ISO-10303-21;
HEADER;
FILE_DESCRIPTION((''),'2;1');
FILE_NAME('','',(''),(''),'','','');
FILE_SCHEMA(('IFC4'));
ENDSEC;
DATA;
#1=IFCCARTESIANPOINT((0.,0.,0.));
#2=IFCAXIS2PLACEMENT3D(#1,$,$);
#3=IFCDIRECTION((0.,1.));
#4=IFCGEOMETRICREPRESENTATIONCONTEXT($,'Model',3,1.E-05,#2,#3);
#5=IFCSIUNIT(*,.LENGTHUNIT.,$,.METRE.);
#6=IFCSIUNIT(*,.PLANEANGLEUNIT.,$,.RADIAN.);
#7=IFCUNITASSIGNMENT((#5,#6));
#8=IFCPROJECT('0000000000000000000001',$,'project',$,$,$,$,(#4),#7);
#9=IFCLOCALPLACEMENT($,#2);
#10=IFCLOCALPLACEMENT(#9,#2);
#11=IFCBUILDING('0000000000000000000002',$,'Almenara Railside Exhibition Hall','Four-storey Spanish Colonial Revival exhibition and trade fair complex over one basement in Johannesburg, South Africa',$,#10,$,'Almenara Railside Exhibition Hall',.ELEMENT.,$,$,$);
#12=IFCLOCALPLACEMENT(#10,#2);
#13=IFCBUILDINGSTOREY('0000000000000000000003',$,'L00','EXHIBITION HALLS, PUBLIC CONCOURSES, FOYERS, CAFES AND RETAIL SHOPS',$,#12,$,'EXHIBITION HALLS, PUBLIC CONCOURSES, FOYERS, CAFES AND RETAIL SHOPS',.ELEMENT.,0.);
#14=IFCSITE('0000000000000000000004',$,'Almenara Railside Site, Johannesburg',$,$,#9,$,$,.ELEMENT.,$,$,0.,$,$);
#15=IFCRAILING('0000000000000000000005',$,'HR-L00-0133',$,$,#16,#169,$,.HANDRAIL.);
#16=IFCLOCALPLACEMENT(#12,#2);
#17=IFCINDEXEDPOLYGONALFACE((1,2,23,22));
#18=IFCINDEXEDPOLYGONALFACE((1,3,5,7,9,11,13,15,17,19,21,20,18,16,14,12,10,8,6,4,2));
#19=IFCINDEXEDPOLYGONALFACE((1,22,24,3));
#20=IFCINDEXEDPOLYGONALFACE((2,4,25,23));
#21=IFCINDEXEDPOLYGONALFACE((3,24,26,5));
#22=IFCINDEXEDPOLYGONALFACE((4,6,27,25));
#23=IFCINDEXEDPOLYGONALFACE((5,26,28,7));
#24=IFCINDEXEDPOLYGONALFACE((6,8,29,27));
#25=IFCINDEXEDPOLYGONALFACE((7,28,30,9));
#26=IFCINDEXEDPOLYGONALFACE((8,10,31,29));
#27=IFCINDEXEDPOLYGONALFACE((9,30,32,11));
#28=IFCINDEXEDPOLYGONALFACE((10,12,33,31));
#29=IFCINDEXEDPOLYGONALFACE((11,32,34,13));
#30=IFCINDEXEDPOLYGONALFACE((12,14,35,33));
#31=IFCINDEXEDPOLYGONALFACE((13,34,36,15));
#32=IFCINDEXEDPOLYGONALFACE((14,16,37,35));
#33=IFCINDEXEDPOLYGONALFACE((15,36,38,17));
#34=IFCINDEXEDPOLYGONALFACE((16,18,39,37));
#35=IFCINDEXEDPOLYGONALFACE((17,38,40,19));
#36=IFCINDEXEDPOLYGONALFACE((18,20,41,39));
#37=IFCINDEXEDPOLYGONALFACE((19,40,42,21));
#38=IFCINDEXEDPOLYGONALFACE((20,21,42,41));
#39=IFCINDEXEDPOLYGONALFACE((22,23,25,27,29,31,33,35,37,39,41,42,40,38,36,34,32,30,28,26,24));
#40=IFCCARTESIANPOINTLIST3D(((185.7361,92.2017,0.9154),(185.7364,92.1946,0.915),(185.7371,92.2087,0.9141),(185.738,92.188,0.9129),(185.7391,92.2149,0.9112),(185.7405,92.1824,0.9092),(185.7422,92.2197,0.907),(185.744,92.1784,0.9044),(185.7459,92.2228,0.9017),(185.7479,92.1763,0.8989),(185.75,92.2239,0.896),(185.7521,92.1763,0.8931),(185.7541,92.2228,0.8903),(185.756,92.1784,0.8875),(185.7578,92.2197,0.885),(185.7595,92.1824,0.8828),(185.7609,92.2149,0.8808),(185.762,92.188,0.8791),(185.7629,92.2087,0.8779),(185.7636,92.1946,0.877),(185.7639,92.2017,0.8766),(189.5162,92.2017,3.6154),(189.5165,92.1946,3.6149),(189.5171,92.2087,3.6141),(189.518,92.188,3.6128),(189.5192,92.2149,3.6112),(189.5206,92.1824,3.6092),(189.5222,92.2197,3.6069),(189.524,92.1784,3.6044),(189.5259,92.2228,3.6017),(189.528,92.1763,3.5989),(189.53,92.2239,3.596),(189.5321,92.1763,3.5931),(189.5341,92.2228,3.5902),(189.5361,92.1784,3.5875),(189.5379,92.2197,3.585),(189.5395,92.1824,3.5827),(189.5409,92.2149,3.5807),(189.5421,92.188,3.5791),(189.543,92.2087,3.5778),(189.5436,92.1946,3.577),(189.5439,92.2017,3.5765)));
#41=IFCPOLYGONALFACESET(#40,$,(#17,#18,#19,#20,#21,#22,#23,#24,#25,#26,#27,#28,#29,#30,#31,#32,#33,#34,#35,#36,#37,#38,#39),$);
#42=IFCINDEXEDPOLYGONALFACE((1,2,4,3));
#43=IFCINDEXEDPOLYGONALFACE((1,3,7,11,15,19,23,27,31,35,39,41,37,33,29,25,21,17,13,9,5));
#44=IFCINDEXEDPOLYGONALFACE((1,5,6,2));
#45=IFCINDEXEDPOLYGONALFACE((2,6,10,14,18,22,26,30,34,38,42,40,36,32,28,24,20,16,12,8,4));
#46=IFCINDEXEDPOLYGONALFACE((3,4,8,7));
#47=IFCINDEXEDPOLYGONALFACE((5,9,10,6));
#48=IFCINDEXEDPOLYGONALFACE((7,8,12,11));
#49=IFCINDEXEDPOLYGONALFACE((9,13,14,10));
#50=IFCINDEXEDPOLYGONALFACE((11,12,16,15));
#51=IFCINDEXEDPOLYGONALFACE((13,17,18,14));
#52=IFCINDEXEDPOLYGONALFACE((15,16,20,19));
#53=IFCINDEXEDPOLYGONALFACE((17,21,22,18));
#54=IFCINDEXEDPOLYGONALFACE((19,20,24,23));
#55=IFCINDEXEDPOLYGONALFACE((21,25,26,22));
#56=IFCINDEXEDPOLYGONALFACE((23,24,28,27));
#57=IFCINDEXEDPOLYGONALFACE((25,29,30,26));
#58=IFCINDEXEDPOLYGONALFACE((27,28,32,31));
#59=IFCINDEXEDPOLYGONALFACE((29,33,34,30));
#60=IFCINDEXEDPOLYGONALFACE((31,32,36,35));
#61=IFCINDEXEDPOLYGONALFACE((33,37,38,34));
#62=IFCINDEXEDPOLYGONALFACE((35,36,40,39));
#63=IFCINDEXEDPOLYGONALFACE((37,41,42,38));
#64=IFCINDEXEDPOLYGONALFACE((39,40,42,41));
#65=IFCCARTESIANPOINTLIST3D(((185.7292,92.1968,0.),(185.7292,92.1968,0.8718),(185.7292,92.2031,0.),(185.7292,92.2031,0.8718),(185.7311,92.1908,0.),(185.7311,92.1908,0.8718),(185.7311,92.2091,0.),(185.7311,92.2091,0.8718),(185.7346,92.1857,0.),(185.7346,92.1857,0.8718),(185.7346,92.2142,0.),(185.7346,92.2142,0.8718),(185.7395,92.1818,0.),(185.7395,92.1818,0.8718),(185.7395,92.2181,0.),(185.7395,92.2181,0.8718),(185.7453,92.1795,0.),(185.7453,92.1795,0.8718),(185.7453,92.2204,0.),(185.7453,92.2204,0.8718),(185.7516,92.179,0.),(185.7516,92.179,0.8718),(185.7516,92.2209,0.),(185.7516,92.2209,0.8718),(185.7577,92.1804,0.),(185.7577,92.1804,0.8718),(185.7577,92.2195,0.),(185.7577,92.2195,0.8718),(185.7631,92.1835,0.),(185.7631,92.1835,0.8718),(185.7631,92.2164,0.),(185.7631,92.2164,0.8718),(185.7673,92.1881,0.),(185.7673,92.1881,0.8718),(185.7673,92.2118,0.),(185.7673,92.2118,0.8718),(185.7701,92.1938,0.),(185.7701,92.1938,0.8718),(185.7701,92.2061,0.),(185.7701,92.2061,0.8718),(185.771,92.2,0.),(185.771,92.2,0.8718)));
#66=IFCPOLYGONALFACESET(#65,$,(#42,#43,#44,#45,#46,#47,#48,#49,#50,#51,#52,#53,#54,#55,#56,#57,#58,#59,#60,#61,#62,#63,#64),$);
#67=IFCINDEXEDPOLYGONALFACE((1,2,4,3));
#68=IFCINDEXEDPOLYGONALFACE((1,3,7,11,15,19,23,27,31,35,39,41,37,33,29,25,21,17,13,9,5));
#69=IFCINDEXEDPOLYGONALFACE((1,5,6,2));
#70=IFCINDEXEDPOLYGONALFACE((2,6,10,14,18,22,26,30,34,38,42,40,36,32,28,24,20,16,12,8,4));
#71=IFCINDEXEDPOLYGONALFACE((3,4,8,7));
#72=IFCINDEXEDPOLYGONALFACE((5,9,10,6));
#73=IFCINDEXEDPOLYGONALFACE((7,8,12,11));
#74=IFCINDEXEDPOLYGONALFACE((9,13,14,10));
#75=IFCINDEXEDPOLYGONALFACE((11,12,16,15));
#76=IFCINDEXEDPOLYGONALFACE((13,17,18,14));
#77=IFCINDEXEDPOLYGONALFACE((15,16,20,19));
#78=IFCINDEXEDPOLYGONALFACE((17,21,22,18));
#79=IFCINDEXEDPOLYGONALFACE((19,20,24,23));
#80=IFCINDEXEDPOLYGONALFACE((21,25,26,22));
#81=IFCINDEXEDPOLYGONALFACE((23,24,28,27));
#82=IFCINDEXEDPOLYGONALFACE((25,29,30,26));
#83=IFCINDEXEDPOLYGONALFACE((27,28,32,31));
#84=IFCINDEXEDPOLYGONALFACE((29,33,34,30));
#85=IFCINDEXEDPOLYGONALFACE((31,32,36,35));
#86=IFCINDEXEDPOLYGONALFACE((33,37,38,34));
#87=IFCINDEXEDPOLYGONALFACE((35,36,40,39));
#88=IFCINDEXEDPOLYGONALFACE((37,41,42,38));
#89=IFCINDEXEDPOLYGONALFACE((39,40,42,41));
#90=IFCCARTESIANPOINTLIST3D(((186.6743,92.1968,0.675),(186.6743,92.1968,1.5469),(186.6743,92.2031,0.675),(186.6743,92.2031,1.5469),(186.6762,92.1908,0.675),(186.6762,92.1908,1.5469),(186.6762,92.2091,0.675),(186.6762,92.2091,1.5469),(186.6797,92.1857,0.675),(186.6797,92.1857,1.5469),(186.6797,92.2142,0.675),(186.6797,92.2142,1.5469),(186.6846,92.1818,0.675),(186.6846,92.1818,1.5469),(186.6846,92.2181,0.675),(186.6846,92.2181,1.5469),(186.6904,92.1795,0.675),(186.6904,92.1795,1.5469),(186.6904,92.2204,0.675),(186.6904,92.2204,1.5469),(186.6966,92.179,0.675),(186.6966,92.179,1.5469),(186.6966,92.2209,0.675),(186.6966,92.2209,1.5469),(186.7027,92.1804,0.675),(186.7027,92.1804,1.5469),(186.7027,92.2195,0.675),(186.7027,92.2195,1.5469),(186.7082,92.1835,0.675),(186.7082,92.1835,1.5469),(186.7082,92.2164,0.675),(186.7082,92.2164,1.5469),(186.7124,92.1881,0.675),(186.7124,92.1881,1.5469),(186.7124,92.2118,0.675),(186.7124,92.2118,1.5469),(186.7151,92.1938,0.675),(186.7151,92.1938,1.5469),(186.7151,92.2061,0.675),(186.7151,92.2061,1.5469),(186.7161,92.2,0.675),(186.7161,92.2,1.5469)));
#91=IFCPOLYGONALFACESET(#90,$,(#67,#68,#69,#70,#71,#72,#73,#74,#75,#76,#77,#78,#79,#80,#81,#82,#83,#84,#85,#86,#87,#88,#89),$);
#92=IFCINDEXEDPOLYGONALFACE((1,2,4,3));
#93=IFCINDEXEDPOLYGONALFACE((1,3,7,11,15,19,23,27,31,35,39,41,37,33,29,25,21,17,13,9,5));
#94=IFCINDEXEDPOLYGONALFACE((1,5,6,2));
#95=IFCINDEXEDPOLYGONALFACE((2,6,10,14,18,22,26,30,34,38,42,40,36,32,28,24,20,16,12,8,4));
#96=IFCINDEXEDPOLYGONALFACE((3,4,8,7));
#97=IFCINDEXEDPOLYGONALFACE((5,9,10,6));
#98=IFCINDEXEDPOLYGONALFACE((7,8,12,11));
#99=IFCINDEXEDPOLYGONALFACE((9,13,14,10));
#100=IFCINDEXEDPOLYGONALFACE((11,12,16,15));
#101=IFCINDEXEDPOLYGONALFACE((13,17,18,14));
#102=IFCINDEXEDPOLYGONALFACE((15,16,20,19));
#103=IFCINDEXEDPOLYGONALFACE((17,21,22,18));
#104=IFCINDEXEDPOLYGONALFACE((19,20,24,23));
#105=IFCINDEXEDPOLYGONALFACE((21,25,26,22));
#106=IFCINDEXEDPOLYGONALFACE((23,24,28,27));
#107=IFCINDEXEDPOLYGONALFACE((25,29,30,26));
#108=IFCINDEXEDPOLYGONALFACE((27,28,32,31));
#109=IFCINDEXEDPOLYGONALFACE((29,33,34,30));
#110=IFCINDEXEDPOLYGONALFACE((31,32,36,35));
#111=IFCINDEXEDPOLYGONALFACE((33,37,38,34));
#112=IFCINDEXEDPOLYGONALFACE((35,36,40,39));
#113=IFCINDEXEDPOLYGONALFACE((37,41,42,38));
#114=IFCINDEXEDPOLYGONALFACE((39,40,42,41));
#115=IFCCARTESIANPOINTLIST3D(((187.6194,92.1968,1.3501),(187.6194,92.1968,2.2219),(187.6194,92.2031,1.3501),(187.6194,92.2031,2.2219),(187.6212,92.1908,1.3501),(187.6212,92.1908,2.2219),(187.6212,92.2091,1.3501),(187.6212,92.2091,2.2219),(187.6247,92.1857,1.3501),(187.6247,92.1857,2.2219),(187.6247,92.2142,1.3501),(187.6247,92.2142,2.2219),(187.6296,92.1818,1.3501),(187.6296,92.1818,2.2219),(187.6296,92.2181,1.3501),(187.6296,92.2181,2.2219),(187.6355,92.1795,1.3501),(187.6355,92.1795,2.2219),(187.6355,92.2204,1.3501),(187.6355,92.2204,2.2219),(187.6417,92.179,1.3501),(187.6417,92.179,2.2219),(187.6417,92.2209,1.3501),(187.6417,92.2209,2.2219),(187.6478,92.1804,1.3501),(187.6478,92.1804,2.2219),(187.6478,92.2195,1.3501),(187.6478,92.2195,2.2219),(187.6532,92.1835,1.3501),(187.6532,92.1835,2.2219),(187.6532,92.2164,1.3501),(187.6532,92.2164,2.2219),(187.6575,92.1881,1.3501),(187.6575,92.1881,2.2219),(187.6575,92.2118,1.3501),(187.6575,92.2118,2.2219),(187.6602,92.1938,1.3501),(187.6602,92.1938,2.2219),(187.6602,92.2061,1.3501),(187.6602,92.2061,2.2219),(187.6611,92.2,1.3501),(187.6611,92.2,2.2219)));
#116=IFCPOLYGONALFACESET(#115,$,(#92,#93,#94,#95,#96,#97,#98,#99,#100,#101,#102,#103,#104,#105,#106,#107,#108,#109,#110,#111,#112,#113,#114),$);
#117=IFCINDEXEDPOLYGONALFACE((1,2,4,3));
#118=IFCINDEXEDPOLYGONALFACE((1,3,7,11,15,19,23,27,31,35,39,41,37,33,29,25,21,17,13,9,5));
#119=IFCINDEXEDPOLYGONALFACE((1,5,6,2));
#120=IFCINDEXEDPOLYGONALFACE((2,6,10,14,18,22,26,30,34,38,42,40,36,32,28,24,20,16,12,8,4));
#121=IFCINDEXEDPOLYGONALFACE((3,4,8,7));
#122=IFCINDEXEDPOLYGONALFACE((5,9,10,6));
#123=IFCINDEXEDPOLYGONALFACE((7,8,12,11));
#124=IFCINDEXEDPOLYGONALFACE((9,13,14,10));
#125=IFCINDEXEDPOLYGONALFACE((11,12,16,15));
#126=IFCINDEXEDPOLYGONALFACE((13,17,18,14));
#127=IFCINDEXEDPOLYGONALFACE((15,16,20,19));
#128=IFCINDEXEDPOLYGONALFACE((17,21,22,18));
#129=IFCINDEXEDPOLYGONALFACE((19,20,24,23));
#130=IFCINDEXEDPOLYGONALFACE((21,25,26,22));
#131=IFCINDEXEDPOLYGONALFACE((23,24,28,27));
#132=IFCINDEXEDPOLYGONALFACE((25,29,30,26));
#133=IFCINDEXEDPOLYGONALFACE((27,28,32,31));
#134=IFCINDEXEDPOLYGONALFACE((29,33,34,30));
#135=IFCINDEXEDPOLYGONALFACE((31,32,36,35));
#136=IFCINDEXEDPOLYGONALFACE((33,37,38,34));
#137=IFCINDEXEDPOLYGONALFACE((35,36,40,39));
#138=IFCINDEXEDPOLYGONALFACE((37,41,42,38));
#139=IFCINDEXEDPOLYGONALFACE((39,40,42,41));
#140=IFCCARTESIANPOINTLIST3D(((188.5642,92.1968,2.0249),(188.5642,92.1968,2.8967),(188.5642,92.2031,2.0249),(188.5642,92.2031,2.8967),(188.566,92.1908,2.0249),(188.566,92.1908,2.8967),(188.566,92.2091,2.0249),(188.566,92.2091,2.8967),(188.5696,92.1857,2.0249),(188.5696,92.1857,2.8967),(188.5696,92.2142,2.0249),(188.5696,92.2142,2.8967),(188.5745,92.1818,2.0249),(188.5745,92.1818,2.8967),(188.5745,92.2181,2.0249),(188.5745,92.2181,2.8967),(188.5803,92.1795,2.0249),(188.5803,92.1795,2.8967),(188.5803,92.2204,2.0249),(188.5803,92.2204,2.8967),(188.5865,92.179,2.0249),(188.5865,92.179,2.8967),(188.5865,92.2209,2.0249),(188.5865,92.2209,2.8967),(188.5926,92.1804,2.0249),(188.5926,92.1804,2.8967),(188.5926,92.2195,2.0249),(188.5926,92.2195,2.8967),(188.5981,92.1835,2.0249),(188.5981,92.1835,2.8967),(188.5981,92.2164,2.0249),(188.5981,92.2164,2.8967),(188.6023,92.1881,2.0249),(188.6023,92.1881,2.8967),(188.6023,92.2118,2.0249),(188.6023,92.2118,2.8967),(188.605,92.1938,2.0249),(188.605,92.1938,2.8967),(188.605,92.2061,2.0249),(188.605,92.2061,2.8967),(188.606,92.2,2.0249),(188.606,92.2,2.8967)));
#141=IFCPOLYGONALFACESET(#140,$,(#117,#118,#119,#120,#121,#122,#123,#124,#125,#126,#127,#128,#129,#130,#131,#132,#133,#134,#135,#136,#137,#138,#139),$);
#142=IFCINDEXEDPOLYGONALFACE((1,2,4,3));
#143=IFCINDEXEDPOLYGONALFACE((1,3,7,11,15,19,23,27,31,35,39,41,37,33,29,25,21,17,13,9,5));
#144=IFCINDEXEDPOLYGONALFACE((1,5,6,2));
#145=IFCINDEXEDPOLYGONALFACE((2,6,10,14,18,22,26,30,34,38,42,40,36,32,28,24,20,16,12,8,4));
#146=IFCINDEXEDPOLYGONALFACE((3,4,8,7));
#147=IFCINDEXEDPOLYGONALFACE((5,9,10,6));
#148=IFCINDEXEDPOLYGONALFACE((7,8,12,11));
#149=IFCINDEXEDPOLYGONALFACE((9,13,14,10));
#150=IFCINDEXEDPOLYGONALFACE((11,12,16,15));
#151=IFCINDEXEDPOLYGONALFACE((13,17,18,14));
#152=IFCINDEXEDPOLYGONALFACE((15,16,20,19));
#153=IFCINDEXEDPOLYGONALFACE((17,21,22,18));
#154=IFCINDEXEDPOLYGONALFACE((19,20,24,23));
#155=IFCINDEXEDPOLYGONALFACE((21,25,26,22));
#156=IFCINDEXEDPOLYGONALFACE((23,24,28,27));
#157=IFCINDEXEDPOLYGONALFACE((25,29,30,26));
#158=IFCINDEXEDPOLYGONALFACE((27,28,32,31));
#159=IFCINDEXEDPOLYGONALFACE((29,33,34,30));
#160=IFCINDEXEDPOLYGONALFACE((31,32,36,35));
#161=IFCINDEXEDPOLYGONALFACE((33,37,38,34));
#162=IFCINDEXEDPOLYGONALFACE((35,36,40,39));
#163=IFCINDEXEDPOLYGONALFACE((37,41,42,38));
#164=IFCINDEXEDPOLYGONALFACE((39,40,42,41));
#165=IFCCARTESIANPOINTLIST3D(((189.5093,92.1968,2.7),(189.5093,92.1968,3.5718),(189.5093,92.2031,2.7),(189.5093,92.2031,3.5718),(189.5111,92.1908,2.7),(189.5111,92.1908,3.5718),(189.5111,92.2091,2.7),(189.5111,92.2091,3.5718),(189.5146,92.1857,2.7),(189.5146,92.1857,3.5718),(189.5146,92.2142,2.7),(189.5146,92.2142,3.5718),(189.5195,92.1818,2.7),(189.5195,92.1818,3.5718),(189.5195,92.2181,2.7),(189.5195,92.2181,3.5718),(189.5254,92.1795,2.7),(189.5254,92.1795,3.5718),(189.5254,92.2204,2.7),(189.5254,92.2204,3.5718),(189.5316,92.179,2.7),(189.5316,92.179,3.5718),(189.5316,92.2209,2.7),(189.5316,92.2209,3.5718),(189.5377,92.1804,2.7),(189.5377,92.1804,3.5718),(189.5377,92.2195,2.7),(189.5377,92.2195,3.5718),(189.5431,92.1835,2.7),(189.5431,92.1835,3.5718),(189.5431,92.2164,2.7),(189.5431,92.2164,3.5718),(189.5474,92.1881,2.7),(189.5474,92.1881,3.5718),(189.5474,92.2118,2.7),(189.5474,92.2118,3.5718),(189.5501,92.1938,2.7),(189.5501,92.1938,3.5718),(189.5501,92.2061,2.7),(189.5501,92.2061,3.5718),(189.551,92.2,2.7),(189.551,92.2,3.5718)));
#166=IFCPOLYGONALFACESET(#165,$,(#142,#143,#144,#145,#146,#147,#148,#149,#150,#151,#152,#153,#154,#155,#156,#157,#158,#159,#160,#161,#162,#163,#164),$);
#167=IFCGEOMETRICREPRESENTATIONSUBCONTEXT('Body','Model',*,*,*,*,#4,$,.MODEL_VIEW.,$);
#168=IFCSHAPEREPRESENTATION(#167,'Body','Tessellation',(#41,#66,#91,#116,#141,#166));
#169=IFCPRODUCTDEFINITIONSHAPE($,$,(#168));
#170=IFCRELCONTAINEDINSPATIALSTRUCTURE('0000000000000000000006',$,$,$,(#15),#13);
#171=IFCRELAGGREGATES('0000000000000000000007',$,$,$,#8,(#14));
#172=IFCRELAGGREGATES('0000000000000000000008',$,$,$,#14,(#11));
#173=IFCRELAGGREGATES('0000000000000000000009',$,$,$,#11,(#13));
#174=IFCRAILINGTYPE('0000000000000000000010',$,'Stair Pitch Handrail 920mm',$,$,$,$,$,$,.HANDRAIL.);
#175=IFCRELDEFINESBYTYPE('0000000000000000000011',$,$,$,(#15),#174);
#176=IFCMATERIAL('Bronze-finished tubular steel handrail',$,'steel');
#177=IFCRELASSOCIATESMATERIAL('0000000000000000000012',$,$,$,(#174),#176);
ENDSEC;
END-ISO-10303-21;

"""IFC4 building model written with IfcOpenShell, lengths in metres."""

from ifc_helpers import new_model, si_unit, direction, frame, origin, origin_2d, place, context, subcontext, project, spatial, circle, extrude, material, type_object, element, save


model = new_model("IFC4")

# Units and contexts
model_context = context("Model", 3, precision=1e-05, world=origin(), true_north=direction((0.0, 1.0)))
body_context = subcontext(model_context, "Body", "Model", "MODEL_VIEW")
ifc_project = project(units=[si_unit("LENGTHUNIT", "METRE"), si_unit("PLANEANGLEUNIT", "RADIAN")], contexts=[model_context])

# Site, building, storey
site_placement = place(None, origin())
site = spatial("IfcSite", under=ifc_project, at=site_placement, Name="Almenara Railside Site, Johannesburg", CompositionType="ELEMENT", RefElevation=0.0)
building_placement = place(site_placement, origin())
building = spatial("IfcBuilding", under=site, at=building_placement, Name="Almenara Railside Exhibition Hall", Description="Four-storey Spanish Colonial Revival exhibition and trade fair complex over one basement in Johannesburg, South Africa", LongName="Almenara Railside Exhibition Hall", CompositionType="ELEMENT")
storey_placement = place(building_placement, origin())
storey = spatial("IfcBuildingStorey", under=building, at=storey_placement, Name="L00", Description="EXHIBITION HALLS, PUBLIC CONCOURSES, FOYERS, CAFES AND RETAIL SHOPS", LongName="EXHIBITION HALLS, PUBLIC CONCOURSES, FOYERS, CAFES AND RETAIL SHOPS", CompositionType="ELEMENT", Elevation=0.0)

# Railing
ifc_material_1 = material(Name="Bronze-finished tubular steel handrail", Category="steel")
railing_type_1 = type_object("IfcRailingType", Name="Stair Pitch Handrail 920mm", PredefinedType="HANDRAIL", material=ifc_material_1)
railing_1_placement = place(storey_placement, frame((185.75, 92.2, 0.0)))
element("IfcRailing", 1, at=railing_1_placement, inside=storey, type_object=railing_type_1, Name="HR-L00-0133", PredefinedType="HANDRAIL", context=body_context, shape_type="SweptSolid", body=[
    extrude(circle(Radius=0.0239, at=origin_2d()), frame((0.0, 0.0, 0.896), z_axis=(0.813741, 0.0, 0.581228), x_axis=(0.0, 1.0, 0.0)), (0.0, 0.0, 1.0), 4.6453),
    extrude(circle(Radius=0.021, at=origin_2d()), origin(), (0.0, 0.0, 1.0), 0.8718),
    extrude(circle(Radius=0.021, at=origin_2d()), frame((0.9451, 0.0, 0.675)), (0.0, 0.0, 1.0), 0.8718),
    extrude(circle(Radius=0.021, at=origin_2d()), frame((1.8901, 0.0, 1.3501)), (0.0, 0.0, 1.0), 0.8718),
    extrude(circle(Radius=0.021, at=origin_2d()), frame((2.835, 0.0, 2.0249)), (0.0, 0.0, 1.0), 0.8718),
    extrude(circle(Radius=0.021, at=origin_2d()), frame((3.78, 0.0, 2.7)), (0.0, 0.0, 1.0), 0.8718),
])

save(model, "model.ifc")
